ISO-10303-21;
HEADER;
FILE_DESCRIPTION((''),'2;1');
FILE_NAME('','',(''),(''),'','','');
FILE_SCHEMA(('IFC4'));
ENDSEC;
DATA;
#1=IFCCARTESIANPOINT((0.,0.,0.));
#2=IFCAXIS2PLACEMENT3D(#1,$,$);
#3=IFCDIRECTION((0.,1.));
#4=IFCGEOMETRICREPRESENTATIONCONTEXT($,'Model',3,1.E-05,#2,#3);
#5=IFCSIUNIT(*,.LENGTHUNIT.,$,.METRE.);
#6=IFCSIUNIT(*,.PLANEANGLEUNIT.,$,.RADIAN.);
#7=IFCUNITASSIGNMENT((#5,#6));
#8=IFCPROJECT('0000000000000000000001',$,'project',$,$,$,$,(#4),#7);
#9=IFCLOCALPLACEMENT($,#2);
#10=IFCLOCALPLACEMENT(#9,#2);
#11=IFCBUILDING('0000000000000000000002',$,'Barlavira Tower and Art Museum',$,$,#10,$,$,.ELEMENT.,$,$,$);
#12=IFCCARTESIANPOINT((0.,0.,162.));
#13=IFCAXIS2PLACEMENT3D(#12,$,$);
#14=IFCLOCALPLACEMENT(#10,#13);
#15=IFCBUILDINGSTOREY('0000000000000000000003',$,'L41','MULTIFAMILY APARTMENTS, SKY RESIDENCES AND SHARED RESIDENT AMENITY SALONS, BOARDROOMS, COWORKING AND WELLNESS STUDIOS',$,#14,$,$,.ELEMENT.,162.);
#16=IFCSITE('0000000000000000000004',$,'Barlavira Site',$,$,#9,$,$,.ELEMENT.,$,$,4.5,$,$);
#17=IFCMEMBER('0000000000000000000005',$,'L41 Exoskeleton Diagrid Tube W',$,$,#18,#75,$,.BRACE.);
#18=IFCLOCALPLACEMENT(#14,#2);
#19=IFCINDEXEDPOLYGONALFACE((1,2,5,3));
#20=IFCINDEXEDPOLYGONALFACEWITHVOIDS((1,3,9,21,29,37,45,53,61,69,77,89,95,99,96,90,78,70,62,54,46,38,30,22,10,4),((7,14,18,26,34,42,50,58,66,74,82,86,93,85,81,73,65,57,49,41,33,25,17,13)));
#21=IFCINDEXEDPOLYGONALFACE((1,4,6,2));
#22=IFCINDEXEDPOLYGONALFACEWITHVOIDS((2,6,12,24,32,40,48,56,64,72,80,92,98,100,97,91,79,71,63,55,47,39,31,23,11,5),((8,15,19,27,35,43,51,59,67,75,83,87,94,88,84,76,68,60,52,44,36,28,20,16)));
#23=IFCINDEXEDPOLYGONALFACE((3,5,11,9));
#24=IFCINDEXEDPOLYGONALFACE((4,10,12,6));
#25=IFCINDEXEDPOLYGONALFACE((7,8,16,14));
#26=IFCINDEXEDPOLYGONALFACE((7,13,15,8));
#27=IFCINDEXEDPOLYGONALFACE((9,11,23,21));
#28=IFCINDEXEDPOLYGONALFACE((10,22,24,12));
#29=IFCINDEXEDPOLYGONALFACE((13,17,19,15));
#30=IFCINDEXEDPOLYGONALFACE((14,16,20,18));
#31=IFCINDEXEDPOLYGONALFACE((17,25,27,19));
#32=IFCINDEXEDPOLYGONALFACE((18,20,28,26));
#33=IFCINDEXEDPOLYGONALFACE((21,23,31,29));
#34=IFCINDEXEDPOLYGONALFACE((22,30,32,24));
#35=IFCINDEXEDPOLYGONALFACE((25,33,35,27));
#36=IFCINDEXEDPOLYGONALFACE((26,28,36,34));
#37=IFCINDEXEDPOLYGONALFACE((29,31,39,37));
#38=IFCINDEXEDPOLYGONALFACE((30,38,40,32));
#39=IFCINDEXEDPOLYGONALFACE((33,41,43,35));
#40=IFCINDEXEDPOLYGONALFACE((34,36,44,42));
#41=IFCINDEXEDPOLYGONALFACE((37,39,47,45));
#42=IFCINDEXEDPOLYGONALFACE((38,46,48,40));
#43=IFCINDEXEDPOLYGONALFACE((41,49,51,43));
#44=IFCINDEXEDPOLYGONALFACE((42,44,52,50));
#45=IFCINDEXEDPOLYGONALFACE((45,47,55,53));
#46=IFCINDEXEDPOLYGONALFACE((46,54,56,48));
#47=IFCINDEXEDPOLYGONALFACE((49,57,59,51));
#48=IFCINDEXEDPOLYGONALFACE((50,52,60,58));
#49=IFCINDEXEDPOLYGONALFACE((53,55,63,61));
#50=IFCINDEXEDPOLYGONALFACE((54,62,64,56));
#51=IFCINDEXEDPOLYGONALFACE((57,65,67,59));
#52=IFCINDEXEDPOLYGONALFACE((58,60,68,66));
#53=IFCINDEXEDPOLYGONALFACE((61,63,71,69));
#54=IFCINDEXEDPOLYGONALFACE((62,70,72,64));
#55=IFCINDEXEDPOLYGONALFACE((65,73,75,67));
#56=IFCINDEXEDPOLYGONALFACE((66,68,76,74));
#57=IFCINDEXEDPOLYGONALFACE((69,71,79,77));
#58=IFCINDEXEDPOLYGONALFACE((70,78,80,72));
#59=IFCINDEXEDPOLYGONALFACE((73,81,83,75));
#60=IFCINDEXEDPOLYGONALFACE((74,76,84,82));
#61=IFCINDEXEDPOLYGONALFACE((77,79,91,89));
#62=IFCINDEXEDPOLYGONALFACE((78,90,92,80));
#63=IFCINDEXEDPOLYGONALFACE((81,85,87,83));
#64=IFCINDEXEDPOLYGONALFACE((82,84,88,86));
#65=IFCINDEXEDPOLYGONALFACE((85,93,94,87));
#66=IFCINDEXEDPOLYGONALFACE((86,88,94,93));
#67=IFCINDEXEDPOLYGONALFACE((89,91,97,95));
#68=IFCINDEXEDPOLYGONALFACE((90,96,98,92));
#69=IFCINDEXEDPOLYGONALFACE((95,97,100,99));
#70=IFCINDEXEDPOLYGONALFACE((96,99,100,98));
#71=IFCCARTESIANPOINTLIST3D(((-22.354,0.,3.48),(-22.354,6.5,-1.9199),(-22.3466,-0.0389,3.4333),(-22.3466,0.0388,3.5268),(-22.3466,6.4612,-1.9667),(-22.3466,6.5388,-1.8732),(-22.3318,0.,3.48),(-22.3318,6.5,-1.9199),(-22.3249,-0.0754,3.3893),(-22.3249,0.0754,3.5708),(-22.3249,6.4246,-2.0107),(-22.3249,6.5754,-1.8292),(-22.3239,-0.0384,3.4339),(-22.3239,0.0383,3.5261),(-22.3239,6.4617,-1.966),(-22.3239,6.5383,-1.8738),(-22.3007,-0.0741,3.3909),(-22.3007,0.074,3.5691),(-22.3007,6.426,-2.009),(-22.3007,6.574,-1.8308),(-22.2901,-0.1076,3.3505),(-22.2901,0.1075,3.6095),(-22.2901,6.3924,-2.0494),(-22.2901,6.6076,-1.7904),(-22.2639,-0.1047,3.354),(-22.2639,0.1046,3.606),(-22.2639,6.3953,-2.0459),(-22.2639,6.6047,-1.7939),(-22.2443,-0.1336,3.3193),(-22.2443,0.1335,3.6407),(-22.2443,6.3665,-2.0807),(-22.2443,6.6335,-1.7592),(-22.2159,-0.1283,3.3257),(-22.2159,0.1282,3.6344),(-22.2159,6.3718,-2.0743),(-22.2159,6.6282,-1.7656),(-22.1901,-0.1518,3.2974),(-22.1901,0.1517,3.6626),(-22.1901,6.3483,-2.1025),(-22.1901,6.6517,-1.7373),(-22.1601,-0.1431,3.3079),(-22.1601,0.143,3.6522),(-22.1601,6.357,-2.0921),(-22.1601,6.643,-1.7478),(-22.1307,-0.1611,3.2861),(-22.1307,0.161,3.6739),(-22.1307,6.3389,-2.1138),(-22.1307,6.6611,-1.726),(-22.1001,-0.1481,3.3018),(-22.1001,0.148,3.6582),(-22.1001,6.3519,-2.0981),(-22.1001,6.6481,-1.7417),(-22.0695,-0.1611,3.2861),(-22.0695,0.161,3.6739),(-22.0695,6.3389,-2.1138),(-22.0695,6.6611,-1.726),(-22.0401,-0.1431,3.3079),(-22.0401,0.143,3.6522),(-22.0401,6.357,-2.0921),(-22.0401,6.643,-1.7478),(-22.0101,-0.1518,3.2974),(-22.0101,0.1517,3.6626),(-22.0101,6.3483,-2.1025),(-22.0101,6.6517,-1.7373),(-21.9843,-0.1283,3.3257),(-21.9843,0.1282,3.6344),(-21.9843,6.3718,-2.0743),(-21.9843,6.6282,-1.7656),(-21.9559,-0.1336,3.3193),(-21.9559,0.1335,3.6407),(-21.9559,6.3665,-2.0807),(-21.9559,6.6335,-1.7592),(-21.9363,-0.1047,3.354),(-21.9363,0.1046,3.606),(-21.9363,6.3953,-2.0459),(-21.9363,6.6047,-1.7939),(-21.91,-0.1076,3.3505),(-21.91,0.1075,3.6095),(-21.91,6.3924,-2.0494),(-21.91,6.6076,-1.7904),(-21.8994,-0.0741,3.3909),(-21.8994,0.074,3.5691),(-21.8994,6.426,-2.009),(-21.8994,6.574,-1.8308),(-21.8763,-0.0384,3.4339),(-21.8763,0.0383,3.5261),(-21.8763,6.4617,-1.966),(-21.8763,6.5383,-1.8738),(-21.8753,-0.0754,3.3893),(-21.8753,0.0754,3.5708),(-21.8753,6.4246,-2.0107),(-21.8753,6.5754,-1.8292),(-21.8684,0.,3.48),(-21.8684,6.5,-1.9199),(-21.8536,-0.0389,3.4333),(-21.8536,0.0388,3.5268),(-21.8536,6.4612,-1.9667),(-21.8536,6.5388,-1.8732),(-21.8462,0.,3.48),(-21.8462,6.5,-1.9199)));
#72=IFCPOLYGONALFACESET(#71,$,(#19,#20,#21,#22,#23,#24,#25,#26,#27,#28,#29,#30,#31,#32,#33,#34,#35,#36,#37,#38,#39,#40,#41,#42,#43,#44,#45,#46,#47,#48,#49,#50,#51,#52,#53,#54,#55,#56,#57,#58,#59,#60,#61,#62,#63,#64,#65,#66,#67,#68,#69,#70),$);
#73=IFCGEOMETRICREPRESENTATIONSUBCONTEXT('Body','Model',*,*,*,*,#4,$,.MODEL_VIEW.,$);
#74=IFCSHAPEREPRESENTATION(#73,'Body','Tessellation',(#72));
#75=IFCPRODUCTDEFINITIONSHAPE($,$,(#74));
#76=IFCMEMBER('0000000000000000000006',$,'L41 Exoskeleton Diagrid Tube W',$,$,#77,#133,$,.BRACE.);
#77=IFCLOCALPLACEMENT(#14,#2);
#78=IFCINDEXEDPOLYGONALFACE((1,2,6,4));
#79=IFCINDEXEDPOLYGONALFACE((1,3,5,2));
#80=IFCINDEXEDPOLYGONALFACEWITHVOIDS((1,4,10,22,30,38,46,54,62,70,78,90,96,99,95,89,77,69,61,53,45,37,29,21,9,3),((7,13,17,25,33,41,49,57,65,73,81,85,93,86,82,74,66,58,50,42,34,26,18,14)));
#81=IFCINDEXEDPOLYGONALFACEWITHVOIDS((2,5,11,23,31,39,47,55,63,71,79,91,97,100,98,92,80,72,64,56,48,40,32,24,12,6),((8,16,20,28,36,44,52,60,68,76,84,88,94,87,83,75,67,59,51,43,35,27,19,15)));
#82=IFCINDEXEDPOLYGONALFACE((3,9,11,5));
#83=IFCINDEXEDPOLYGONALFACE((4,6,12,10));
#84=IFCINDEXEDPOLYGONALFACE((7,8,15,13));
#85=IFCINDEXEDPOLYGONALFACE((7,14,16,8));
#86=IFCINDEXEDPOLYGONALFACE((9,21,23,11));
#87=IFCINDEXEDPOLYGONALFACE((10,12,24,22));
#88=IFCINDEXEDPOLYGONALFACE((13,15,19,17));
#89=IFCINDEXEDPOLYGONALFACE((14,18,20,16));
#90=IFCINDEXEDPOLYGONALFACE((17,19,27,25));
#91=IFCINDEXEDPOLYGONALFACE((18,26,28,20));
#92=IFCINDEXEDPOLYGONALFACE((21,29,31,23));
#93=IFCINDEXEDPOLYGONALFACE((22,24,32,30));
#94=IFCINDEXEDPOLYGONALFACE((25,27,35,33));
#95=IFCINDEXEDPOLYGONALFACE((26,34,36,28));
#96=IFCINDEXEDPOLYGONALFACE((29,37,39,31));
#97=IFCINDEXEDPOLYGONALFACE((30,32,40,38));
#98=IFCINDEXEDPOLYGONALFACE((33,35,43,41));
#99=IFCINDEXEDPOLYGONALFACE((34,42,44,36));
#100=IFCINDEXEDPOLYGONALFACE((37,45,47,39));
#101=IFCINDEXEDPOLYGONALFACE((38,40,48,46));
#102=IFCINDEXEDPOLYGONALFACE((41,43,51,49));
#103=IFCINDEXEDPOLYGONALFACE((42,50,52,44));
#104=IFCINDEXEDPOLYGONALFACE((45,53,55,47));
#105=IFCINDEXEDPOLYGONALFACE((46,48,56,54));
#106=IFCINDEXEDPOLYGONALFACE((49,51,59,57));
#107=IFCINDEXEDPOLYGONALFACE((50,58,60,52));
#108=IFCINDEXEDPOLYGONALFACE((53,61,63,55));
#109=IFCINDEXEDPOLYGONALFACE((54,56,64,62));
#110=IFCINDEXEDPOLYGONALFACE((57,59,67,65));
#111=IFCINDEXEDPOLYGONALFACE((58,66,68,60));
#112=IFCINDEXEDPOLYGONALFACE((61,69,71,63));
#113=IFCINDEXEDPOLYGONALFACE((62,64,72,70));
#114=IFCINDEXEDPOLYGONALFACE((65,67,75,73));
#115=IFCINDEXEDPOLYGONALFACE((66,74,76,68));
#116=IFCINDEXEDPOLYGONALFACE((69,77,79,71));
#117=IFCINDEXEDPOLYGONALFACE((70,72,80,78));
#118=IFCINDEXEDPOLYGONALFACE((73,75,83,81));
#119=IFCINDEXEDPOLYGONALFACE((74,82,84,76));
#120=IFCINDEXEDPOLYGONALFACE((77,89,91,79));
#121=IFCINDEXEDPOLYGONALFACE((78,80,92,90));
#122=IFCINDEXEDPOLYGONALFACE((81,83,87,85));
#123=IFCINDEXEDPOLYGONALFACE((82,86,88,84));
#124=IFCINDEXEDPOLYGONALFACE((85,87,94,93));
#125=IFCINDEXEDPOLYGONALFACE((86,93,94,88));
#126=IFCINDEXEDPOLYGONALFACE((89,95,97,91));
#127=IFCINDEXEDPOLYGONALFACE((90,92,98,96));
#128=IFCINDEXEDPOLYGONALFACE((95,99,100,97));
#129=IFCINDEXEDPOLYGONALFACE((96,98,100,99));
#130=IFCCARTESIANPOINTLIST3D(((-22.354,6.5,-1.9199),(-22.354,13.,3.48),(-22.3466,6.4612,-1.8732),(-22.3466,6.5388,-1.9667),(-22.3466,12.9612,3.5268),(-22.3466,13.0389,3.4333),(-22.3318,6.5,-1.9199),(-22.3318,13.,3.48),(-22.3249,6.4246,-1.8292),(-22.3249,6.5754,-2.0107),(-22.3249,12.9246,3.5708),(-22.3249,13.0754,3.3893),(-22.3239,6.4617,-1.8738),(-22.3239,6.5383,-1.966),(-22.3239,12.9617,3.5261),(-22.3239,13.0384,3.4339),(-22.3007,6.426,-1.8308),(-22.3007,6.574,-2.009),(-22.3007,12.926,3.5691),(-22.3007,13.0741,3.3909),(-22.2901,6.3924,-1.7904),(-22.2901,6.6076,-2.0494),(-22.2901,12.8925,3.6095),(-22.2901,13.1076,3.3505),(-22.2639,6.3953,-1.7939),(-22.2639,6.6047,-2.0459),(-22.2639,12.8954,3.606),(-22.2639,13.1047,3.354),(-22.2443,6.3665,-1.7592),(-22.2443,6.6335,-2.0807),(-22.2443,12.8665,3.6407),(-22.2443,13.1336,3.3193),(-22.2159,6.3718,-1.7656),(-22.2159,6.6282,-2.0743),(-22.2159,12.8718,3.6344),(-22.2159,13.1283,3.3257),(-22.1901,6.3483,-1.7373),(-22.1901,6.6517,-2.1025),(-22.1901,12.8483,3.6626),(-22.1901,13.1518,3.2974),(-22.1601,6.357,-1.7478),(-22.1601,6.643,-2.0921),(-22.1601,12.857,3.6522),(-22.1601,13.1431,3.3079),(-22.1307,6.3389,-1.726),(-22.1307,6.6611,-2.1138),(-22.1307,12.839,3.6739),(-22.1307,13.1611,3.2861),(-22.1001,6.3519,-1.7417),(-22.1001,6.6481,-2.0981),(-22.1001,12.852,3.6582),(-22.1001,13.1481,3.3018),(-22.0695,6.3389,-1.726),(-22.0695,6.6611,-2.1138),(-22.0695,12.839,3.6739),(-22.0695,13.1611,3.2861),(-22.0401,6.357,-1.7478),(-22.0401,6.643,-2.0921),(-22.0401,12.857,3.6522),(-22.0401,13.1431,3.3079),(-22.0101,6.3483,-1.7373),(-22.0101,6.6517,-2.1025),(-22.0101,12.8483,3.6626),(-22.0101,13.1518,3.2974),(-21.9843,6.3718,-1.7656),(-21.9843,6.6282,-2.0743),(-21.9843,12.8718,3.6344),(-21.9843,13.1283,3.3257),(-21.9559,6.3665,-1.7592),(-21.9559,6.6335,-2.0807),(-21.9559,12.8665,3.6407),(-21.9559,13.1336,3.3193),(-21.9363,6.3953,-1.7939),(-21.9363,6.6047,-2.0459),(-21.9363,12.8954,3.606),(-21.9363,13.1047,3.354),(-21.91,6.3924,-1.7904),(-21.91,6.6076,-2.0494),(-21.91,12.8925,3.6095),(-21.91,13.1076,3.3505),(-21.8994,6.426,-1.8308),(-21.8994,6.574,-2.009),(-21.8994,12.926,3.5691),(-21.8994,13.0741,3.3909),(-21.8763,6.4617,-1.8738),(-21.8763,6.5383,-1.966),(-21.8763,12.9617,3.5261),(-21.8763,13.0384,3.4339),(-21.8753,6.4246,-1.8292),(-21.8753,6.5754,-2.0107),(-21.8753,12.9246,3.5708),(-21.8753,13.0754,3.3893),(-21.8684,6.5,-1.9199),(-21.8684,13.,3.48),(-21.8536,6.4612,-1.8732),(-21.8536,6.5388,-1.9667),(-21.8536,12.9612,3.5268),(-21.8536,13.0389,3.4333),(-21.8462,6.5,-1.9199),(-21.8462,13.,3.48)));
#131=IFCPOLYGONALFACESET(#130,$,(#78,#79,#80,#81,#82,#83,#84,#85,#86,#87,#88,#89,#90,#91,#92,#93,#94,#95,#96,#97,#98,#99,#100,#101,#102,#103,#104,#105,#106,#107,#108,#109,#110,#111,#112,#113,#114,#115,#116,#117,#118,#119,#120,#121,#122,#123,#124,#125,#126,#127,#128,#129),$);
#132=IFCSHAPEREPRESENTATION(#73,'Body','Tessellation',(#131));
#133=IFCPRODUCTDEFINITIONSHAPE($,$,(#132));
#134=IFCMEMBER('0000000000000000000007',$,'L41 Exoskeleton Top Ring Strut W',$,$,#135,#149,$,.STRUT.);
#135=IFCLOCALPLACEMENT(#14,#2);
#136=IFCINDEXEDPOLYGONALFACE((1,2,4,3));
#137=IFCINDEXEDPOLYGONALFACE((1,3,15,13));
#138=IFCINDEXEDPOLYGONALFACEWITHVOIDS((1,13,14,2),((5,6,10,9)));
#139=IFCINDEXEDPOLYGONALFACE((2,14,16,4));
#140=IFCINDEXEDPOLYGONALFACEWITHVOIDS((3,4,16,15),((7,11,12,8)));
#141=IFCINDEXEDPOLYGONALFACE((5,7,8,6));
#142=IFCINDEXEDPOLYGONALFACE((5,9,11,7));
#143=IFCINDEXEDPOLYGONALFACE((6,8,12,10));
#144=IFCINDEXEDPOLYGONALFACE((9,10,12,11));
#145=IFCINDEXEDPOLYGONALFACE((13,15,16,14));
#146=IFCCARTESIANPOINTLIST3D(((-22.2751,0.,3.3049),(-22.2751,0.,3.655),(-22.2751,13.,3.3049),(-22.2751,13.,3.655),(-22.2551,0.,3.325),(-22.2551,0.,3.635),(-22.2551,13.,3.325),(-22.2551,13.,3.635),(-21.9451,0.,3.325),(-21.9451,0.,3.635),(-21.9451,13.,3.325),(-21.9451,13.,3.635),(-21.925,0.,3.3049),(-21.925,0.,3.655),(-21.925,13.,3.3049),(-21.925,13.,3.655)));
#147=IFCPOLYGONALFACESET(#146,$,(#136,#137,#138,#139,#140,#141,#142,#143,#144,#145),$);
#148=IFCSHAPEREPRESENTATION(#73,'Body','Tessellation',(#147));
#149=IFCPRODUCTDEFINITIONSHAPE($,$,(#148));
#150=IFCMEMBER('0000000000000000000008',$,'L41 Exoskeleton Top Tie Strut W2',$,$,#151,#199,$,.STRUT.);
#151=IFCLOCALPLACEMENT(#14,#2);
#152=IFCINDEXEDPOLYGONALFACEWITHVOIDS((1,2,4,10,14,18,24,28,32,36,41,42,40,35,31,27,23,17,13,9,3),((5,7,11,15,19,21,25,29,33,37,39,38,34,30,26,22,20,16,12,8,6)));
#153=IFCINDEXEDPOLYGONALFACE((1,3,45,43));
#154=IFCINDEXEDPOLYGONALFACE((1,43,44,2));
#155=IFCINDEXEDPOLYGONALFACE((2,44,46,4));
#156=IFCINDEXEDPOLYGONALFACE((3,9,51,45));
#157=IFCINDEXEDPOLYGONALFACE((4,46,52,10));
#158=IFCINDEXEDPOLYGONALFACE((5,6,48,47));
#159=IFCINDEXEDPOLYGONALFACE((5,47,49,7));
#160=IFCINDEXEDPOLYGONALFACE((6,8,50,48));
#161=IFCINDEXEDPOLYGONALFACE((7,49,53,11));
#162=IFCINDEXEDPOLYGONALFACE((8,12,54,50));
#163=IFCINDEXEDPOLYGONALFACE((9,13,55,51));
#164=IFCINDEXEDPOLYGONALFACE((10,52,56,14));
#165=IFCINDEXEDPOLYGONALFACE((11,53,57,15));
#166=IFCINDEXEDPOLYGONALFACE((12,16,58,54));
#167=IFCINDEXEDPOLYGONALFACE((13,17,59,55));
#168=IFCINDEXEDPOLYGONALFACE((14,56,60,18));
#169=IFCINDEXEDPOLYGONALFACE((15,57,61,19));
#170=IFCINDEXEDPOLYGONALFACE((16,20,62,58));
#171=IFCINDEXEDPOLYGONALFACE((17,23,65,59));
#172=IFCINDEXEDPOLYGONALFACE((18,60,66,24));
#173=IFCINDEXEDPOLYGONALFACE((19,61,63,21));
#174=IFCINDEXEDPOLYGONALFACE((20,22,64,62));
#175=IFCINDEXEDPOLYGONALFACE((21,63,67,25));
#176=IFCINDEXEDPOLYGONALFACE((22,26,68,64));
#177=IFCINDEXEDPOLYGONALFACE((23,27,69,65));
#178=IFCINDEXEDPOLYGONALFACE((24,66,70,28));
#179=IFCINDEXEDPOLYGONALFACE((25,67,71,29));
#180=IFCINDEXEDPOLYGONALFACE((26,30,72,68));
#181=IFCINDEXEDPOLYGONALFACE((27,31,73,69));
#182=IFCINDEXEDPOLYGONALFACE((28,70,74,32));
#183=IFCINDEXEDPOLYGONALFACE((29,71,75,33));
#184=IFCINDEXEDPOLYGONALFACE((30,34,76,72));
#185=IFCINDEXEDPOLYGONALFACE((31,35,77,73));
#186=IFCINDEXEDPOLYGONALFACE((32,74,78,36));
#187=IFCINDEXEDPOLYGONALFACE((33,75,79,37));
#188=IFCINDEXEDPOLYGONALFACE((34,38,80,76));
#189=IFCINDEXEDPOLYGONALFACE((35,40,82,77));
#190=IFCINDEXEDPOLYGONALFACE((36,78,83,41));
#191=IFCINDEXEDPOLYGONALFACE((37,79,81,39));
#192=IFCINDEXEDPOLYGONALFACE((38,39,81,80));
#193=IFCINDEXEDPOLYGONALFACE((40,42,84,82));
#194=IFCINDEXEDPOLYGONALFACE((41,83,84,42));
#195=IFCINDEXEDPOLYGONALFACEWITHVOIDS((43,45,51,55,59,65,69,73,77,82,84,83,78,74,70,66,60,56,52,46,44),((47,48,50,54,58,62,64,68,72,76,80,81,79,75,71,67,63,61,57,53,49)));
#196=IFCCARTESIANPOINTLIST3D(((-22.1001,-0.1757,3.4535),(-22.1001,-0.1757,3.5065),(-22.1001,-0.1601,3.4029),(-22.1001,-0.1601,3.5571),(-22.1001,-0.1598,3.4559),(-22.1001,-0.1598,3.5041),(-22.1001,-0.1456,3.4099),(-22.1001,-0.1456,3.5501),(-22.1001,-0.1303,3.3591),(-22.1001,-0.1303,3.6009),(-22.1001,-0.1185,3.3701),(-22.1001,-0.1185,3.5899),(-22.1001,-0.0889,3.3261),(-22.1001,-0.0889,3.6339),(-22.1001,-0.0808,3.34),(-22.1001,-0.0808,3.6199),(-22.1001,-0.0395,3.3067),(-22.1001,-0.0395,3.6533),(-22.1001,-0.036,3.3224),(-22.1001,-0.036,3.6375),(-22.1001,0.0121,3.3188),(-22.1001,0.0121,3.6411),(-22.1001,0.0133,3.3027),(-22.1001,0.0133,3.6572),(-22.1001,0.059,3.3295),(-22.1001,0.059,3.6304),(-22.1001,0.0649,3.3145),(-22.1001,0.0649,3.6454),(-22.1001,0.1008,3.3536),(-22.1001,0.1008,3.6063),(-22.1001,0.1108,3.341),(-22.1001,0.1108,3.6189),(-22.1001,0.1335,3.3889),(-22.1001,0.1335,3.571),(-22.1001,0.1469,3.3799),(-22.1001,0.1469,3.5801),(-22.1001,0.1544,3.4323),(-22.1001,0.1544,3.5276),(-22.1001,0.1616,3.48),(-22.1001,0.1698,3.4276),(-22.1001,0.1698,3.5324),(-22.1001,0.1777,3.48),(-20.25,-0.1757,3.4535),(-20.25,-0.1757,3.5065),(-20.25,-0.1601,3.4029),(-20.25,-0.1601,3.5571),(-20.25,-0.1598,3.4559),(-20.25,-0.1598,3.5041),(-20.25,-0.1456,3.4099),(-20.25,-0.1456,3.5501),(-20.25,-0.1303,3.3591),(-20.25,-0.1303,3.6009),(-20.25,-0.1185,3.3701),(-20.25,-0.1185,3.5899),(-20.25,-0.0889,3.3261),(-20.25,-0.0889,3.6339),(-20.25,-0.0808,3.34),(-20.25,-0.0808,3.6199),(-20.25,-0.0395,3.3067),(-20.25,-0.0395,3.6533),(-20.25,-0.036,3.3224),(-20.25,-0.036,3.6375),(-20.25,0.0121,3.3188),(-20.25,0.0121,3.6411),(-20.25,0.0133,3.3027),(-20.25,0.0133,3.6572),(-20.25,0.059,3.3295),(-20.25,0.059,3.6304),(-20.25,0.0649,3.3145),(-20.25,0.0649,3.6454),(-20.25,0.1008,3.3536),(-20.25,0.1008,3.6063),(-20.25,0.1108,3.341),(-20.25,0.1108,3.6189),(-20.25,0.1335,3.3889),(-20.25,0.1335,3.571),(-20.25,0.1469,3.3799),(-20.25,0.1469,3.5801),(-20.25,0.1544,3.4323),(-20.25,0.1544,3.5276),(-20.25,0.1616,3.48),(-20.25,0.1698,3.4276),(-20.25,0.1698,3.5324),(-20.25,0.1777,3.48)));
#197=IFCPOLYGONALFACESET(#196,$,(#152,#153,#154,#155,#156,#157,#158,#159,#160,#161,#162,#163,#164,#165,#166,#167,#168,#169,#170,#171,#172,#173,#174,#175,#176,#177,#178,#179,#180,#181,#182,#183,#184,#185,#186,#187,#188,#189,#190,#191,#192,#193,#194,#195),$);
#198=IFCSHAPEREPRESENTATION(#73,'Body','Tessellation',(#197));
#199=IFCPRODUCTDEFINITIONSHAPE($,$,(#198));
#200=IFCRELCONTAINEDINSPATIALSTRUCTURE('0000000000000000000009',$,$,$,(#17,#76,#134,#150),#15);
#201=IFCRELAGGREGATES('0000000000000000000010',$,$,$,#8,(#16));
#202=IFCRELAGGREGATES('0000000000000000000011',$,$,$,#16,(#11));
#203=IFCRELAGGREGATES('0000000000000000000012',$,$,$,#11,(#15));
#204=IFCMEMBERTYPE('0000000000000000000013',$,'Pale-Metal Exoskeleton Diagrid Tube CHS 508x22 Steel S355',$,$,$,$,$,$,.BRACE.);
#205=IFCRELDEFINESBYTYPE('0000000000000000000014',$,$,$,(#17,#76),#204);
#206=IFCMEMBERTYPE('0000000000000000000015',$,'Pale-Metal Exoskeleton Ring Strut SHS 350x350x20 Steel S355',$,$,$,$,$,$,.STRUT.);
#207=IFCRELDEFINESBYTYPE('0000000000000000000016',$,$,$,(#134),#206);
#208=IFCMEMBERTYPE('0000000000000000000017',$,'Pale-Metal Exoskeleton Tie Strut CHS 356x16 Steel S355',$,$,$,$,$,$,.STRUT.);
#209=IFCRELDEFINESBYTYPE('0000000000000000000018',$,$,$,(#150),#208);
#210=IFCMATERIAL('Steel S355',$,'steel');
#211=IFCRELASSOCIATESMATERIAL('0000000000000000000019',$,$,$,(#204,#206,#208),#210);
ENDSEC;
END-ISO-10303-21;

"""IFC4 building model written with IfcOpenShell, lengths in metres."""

from ifc_helpers import new_model, si_unit, direction, frame, origin, origin_2d, place, context, subcontext, project, spatial, hollow_rectangle, hollow_circle, extrude, material, material_profile, profile_set, type_object, element, save


model = new_model("IFC4")

# Units and contexts
model_context = context("Model", 3, precision=1e-05, world=origin(), true_north=direction((0.0, 1.0)))
body_context = subcontext(model_context, "Body", "Model", "MODEL_VIEW")
ifc_project = project(units=[si_unit("LENGTHUNIT", "METRE"), si_unit("PLANEANGLEUNIT", "RADIAN")], contexts=[model_context])

# Site, building, storey
site_placement = place(None, origin())
site = spatial("IfcSite", under=ifc_project, at=site_placement, Name="Barlavira Site", CompositionType="ELEMENT", RefElevation=4.5)
building_placement = place(site_placement, origin())
building = spatial("IfcBuilding", under=site, at=building_placement, Name="Barlavira Tower and Art Museum", CompositionType="ELEMENT")
storey_placement = place(building_placement, frame((0.0, 0.0, 162.0)))
storey = spatial("IfcBuildingStorey", under=building, at=storey_placement, Name="L41", Description="MULTIFAMILY APARTMENTS, SKY RESIDENCES AND SHARED RESIDENT AMENITY SALONS, BOARDROOMS, COWORKING AND WELLNESS STUDIOS", CompositionType="ELEMENT", Elevation=162.0)

# Members
ifc_material_1 = material(Name="Steel S355", Category="steel")
ifc_material_profile_1 = material_profile(ifc_material_1, hollow_circle(Radius=0.2539, WallThickness=0.0222, at=origin_2d()), Name="CHS 508.0x22.2")
ifc_profile_set_1 = profile_set([ifc_material_profile_1], Name="Steel S355")
member_type_1 = type_object("IfcMemberType", Name="Pale-Metal Exoskeleton Diagrid Tube CHS 508x22 Steel S355", PredefinedType="BRACE", material=ifc_profile_set_1)
for number, where, z_axis, x_axis, name in (
    (1, (-22.1001, 6.5, -1.9199), (0.0, -0.769196, 0.639013), (1.0, 0.0, 0.0), "L41 Exoskeleton Diagrid Tube W"),
    (2, (-22.1001, 6.5, -1.9199), (0.0, 0.769196, 0.639013), (-1.0, 0.0, 0.0), "L41 Exoskeleton Diagrid Tube W"),
):
    element("IfcMember", number, at=place(storey_placement, frame(where, z_axis=z_axis, x_axis=x_axis)), inside=storey, type_object=member_type_1, Name=name, PredefinedType="BRACE", context=body_context, shape_type="SweptSolid", body=[
        extrude(hollow_circle(Radius=0.2539, WallThickness=0.0222, at=origin_2d()), origin(), (0.0, 0.0, 1.0), 8.4504),
    ])
ifc_material_profile_2 = material_profile(ifc_material_1, hollow_rectangle(XDim=0.3501, YDim=0.3501, WallThickness=0.02, at=origin_2d()), Name="SHS 350x350x20.0")
ifc_profile_set_2 = profile_set([ifc_material_profile_2], Name="Steel S355")
member_type_2 = type_object("IfcMemberType", Name="Pale-Metal Exoskeleton Ring Strut SHS 350x350x20 Steel S355", PredefinedType="STRUT", material=ifc_profile_set_2)
member_1_placement = place(storey_placement, frame((-22.1001, 0.0, 3.48), z_axis=(0.0, 1.0, 0.0), x_axis=(-1.0, 0.0, 0.0)))
element("IfcMember", 3, at=member_1_placement, inside=storey, type_object=member_type_2, Name="L41 Exoskeleton Top Ring Strut W", PredefinedType="STRUT", context=body_context, shape_type="SweptSolid", body=[
    extrude(hollow_rectangle(XDim=0.3501, YDim=0.3501, WallThickness=0.02, at=origin_2d()), origin(), (0.0, 0.0, 1.0), 13.0),
])
ifc_material_profile_3 = material_profile(ifc_material_1, hollow_circle(Radius=0.1777, WallThickness=0.0161, at=origin_2d()), Name="CHS 355.6x16.0")
ifc_profile_set_3 = profile_set([ifc_material_profile_3], Name="Steel S355")
member_type_3 = type_object("IfcMemberType", Name="Pale-Metal Exoskeleton Tie Strut CHS 356x16 Steel S355", PredefinedType="STRUT", material=ifc_profile_set_3)
member_2_placement = place(storey_placement, frame((-22.1001, 0.0, 3.48), z_axis=(1.0, 0.0, 0.0), x_axis=(0.0, 1.0, 0.0)))
element("IfcMember", 4, at=member_2_placement, inside=storey, type_object=member_type_3, Name="L41 Exoskeleton Top Tie Strut W2", PredefinedType="STRUT", context=body_context, shape_type="SweptSolid", body=[
    extrude(hollow_circle(Radius=0.1777, WallThickness=0.0161, at=origin_2d()), origin(), (0.0, 0.0, 1.0), 1.8501),
])

save(model, "model.ifc")
